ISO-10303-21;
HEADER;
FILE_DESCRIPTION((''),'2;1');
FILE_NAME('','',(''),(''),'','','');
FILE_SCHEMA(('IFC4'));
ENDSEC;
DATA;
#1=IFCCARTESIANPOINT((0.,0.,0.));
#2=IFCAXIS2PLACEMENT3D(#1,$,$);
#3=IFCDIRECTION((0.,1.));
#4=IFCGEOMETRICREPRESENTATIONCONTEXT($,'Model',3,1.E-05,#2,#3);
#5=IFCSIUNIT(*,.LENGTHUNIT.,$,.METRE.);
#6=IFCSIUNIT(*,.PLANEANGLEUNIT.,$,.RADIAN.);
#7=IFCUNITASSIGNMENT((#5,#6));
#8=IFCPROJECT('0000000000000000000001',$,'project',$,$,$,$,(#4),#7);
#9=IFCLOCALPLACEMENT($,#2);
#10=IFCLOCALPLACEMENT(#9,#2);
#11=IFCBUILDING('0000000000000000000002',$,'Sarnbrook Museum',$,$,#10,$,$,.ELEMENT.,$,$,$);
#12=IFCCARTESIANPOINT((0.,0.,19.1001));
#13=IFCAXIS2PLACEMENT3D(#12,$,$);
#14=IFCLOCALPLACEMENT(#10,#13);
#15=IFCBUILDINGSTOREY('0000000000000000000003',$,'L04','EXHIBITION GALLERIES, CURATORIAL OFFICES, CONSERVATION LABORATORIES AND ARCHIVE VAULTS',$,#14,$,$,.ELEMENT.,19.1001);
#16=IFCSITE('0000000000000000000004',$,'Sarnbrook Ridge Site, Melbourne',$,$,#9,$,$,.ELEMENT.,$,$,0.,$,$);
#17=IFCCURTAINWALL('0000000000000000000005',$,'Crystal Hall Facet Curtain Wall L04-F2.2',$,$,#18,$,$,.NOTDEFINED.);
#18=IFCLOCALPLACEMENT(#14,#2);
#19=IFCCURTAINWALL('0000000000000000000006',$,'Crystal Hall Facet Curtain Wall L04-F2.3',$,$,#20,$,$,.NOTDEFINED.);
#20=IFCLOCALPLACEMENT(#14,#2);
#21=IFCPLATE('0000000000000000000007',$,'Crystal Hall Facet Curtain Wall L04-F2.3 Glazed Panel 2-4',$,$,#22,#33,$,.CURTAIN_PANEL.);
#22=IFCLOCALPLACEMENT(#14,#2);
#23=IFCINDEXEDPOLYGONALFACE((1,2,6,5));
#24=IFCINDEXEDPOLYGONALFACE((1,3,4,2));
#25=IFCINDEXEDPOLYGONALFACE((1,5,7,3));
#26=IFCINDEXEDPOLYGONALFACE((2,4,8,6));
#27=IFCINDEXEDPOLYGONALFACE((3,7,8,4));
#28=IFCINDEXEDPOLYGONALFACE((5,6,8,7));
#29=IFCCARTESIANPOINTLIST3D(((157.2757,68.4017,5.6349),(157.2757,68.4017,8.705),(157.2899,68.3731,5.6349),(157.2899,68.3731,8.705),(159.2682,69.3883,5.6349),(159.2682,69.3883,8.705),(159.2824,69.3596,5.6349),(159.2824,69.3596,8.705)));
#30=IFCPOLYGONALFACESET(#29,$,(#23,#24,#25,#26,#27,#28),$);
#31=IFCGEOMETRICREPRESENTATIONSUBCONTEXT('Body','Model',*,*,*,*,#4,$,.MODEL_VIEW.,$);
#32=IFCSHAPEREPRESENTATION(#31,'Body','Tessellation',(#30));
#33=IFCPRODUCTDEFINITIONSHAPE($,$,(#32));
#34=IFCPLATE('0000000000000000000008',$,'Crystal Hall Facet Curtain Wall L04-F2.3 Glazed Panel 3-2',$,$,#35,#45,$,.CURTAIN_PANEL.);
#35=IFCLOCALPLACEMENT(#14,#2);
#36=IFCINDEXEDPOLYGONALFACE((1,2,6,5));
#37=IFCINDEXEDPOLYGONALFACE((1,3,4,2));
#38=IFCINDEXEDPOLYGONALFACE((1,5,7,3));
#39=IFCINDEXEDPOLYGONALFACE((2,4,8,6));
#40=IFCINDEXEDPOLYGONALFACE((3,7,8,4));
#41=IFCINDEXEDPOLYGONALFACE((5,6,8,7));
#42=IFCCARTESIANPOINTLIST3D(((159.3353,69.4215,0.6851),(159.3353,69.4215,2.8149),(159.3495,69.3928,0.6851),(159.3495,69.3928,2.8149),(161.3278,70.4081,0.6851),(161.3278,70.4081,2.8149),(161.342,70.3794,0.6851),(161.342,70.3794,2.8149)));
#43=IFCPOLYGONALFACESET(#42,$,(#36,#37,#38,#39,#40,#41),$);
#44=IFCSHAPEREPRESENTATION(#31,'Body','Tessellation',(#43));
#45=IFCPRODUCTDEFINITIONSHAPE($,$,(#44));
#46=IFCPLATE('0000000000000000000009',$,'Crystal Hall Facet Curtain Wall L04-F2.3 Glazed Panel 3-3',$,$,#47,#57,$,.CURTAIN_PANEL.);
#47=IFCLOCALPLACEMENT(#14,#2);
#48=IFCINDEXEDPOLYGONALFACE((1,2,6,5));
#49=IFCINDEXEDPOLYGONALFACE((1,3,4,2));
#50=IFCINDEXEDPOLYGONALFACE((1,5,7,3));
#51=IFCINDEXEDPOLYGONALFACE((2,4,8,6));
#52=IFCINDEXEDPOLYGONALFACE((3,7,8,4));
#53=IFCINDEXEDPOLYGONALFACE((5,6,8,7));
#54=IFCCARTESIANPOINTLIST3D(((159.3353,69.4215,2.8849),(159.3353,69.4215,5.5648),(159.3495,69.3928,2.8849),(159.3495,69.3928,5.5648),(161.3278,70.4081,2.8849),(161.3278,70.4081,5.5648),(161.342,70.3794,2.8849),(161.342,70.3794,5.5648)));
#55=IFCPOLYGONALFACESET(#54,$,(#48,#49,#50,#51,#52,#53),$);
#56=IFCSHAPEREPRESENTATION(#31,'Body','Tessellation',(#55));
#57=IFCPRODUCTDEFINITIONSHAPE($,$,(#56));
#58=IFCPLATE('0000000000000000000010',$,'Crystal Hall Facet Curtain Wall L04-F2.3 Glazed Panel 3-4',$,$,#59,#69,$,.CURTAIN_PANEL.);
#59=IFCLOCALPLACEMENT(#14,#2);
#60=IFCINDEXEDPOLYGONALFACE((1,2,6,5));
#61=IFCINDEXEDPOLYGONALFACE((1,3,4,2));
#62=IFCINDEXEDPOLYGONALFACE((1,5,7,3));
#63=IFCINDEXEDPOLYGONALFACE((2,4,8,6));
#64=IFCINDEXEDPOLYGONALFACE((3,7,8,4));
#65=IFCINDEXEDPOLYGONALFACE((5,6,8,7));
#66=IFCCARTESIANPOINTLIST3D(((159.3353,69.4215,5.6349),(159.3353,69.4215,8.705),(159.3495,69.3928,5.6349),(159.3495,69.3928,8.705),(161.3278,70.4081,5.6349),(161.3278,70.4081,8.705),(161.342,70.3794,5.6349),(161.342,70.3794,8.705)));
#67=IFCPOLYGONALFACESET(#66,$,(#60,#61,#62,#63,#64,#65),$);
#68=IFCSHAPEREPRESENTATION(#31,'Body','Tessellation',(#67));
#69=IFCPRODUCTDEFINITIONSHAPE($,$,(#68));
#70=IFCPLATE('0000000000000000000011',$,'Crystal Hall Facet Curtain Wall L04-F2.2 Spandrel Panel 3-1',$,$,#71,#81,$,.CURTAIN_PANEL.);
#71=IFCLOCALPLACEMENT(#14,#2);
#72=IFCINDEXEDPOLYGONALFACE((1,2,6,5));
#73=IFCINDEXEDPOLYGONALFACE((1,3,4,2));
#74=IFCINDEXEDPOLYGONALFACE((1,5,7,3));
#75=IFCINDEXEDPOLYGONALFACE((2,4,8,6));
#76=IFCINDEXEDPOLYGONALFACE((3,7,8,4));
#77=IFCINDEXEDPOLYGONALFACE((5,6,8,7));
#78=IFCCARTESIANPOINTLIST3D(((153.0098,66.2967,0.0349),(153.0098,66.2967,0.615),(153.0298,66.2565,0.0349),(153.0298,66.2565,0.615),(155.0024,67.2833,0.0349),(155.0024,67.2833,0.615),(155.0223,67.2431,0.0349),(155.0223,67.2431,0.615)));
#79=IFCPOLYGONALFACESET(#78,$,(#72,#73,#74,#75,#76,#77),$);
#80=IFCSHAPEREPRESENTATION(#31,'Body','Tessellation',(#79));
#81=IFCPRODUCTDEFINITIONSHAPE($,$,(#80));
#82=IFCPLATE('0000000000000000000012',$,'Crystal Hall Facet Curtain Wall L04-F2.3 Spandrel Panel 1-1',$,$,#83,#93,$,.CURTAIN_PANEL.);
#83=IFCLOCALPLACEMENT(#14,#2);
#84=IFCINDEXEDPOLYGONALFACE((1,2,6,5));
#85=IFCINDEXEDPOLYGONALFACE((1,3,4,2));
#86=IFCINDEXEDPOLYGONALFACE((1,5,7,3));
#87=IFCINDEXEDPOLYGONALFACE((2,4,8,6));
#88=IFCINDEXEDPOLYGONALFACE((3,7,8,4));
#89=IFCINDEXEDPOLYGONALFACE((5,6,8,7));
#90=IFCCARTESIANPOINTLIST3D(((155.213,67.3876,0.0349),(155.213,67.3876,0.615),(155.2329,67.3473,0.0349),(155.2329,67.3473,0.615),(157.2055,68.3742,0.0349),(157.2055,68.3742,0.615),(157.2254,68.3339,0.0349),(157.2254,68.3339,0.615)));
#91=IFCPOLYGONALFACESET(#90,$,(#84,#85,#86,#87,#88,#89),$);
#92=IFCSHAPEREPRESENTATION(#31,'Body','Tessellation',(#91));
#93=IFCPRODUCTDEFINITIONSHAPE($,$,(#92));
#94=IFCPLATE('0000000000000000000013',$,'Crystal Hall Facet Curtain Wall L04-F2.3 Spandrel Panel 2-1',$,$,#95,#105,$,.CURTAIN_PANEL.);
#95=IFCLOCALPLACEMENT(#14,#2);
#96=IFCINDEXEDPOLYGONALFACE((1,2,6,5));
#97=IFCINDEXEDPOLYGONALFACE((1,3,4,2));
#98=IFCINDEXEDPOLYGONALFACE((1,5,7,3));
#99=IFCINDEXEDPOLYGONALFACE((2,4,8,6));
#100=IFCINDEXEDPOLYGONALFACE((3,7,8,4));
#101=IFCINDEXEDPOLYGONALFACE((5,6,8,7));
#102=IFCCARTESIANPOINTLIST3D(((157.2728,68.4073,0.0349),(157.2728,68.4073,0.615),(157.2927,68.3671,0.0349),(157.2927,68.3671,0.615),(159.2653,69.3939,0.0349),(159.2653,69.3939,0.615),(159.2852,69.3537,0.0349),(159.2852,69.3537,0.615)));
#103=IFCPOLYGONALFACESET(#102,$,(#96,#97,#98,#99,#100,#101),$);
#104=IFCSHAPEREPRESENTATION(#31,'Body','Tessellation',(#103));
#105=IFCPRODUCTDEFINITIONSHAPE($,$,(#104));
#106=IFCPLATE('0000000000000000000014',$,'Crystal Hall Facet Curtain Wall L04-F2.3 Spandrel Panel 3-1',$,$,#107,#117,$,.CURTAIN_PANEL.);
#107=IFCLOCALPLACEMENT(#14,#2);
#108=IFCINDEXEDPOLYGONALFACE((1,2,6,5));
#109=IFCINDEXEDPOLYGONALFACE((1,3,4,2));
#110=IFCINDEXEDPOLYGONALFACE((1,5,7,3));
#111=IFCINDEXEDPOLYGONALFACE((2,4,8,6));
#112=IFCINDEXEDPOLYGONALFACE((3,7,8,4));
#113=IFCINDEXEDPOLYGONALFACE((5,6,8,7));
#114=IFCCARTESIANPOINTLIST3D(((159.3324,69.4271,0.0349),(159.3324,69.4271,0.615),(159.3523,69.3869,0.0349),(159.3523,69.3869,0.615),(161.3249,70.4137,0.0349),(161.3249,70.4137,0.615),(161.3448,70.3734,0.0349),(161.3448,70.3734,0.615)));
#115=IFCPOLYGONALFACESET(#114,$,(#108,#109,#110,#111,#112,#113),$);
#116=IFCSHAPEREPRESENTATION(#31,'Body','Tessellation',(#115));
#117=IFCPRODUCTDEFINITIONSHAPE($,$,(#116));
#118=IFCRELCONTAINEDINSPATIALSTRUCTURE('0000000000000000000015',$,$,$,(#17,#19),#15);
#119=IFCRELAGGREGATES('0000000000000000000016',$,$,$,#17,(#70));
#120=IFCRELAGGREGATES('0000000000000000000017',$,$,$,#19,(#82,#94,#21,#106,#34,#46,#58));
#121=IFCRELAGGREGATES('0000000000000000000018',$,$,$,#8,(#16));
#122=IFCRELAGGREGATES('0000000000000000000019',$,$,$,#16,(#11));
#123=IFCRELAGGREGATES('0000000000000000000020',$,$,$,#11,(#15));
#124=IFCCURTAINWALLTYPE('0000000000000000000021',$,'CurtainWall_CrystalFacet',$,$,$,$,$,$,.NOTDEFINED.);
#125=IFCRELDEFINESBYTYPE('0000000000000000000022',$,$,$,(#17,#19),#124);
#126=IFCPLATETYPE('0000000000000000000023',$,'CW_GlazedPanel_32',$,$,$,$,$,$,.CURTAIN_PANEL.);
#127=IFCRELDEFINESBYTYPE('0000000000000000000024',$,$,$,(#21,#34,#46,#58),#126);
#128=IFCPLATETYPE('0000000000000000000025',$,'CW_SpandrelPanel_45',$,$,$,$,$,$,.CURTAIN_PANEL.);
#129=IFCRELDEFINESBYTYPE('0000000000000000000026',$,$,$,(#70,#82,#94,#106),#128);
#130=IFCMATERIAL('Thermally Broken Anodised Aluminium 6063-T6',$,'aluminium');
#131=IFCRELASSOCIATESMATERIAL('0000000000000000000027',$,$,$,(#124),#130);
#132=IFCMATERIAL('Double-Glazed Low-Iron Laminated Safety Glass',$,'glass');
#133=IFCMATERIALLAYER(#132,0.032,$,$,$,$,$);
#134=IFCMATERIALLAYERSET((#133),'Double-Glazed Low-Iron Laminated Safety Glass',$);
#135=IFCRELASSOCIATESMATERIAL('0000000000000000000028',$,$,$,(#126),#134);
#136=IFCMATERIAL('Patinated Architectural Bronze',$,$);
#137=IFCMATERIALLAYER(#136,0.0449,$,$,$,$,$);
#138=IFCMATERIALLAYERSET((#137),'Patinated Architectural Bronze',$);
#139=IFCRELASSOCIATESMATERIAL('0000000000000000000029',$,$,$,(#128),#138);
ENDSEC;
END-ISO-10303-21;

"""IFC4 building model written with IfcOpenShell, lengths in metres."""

from ifc_helpers import new_model, si_unit, direction, frame, origin, origin_2d, place, context, subcontext, project, spatial, rectangle, extrude, material, layer, layer_set, type_object, element, aggregate, save


model = new_model("IFC4")

# Units and contexts
model_context = context("Model", 3, precision=1e-05, world=origin(), true_north=direction((0.0, 1.0)))
body_context = subcontext(model_context, "Body", "Model", "MODEL_VIEW")
ifc_project = project(units=[si_unit("LENGTHUNIT", "METRE"), si_unit("PLANEANGLEUNIT", "RADIAN")], contexts=[model_context])

# Site, building, storey
site_placement = place(None, origin())
site = spatial("IfcSite", under=ifc_project, at=site_placement, Name="Sarnbrook Ridge Site, Melbourne", CompositionType="ELEMENT", RefElevation=0.0)
building_placement = place(site_placement, origin())
building = spatial("IfcBuilding", under=site, at=building_placement, Name="Sarnbrook Museum", CompositionType="ELEMENT")
storey_placement = place(building_placement, frame((0.0, 0.0, 19.1001)))
storey = spatial("IfcBuildingStorey", under=building, at=storey_placement, Name="L04", Description="EXHIBITION GALLERIES, CURATORIAL OFFICES, CONSERVATION LABORATORIES AND ARCHIVE VAULTS", CompositionType="ELEMENT", Elevation=19.1001)

# Curtain walls
ifc_material_1 = material(Name="Thermally Broken Anodised Aluminium 6063-T6", Category="aluminium")
curtain_wall_type = type_object("IfcCurtainWallType", Name="CurtainWall_CrystalFacet", PredefinedType="NOTDEFINED", material=ifc_material_1)
curtain_wall_1_placement = place(storey_placement, origin())
curtain_wall_1 = element("IfcCurtainWall", 1, at=curtain_wall_1_placement, inside=storey, type_object=curtain_wall_type, Name="Crystal Hall Facet Curtain Wall L04-F2.2", PredefinedType="NOTDEFINED")
curtain_wall_2_placement = place(storey_placement, origin())
curtain_wall_2 = element("IfcCurtainWall", 2, at=curtain_wall_2_placement, inside=storey, type_object=curtain_wall_type, Name="Crystal Hall Facet Curtain Wall L04-F2.3", PredefinedType="NOTDEFINED")

# Plates
ifc_material_2 = material(Name="Double-Glazed Low-Iron Laminated Safety Glass", Category="glass")
ifc_layer_1 = layer(ifc_material_2, 0.032)
ifc_layer_set_1 = layer_set([ifc_layer_1], Name="Double-Glazed Low-Iron Laminated Safety Glass")
plate_type_1 = type_object("IfcPlateType", Name="CW_GlazedPanel_32", PredefinedType="CURTAIN_PANEL", material=ifc_layer_set_1)
plate_1_placement = place(storey_placement, frame((158.272, 68.895, 7.1699), z_axis=(0.443729, -0.896161, 0.0), x_axis=(0.896161, 0.443729, 0.0)))
plate_1 = element("IfcPlate", 3, at=plate_1_placement, type_object=plate_type_1, Name="Crystal Hall Facet Curtain Wall L04-F2.3 Glazed Panel 2-4", PredefinedType="CURTAIN_PANEL", context=body_context, shape_type="SweptSolid", body=[
    extrude(rectangle(XDim=2.2234, YDim=3.0701, at=origin_2d()), origin(), (0.0, 0.0, 1.0), 0.032),
])
plate_2_placement = place(storey_placement, frame((160.3315, 69.9148, 1.75), z_axis=(0.443729, -0.896161, 0.0), x_axis=(0.896161, 0.443729, 0.0)))
plate_2 = element("IfcPlate", 4, at=plate_2_placement, type_object=plate_type_1, Name="Crystal Hall Facet Curtain Wall L04-F2.3 Glazed Panel 3-2", PredefinedType="CURTAIN_PANEL", context=body_context, shape_type="SweptSolid", body=[
    extrude(rectangle(XDim=2.2234, YDim=2.1299, at=origin_2d()), origin(), (0.0, 0.0, 1.0), 0.032),
])
plate_3_placement = place(storey_placement, frame((160.3315, 69.9148, 4.2249), z_axis=(0.443729, -0.896161, 0.0), x_axis=(0.896161, 0.443729, 0.0)))
plate_3 = element("IfcPlate", 5, at=plate_3_placement, type_object=plate_type_1, Name="Crystal Hall Facet Curtain Wall L04-F2.3 Glazed Panel 3-3", PredefinedType="CURTAIN_PANEL", context=body_context, shape_type="SweptSolid", body=[
    extrude(rectangle(XDim=2.2234, YDim=2.6799, at=origin_2d()), origin(), (0.0, 0.0, 1.0), 0.032),
])
plate_4_placement = place(storey_placement, frame((160.3315, 69.9148, 7.1699), z_axis=(0.443729, -0.896161, 0.0), x_axis=(0.896161, 0.443729, 0.0)))
plate_4 = element("IfcPlate", 6, at=plate_4_placement, type_object=plate_type_1, Name="Crystal Hall Facet Curtain Wall L04-F2.3 Glazed Panel 3-4", PredefinedType="CURTAIN_PANEL", context=body_context, shape_type="SweptSolid", body=[
    extrude(rectangle(XDim=2.2234, YDim=3.0701, at=origin_2d()), origin(), (0.0, 0.0, 1.0), 0.032),
])
ifc_material_3 = material(Name="Patinated Architectural Bronze")
ifc_layer_2 = layer(ifc_material_3, 0.0449)
ifc_layer_set_2 = layer_set([ifc_layer_2], Name="Patinated Architectural Bronze")
plate_type_2 = type_object("IfcPlateType", Name="CW_SpandrelPanel_45", PredefinedType="CURTAIN_PANEL", material=ifc_layer_set_2)
plate_5_placement = place(storey_placement, frame((154.0061, 66.79, 0.325), z_axis=(0.443729, -0.896161, 0.0), x_axis=(0.896161, 0.443729, 0.0)))
plate_5 = element("IfcPlate", 7, at=plate_5_placement, type_object=plate_type_2, Name="Crystal Hall Facet Curtain Wall L04-F2.2 Spandrel Panel 3-1", PredefinedType="CURTAIN_PANEL", context=body_context, shape_type="SweptSolid", body=[
    extrude(rectangle(XDim=2.2234, YDim=0.5801, at=origin_2d()), origin(), (0.0, 0.0, 1.0), 0.0449),
])
aggregate(curtain_wall_1, [plate_5])
plate_6_placement = place(storey_placement, frame((156.2092, 67.8809, 0.325), z_axis=(0.443729, -0.896161, 0.0), x_axis=(0.896161, 0.443729, 0.0)))
plate_6 = element("IfcPlate", 8, at=plate_6_placement, type_object=plate_type_2, Name="Crystal Hall Facet Curtain Wall L04-F2.3 Spandrel Panel 1-1", PredefinedType="CURTAIN_PANEL", context=body_context, shape_type="SweptSolid", body=[
    extrude(rectangle(XDim=2.2234, YDim=0.5801, at=origin_2d()), origin(), (0.0, 0.0, 1.0), 0.0449),
])
plate_7_placement = place(storey_placement, frame((158.269, 68.9006, 0.325), z_axis=(0.443729, -0.896161, 0.0), x_axis=(0.896161, 0.443729, 0.0)))
plate_7 = element("IfcPlate", 9, at=plate_7_placement, type_object=plate_type_2, Name="Crystal Hall Facet Curtain Wall L04-F2.3 Spandrel Panel 2-1", PredefinedType="CURTAIN_PANEL", context=body_context, shape_type="SweptSolid", body=[
    extrude(rectangle(XDim=2.2234, YDim=0.5801, at=origin_2d()), origin(), (0.0, 0.0, 1.0), 0.0449),
])
plate_8_placement = place(storey_placement, frame((160.3286, 69.9204, 0.325), z_axis=(0.443729, -0.896161, 0.0), x_axis=(0.896161, 0.443729, 0.0)))
plate_8 = element("IfcPlate", 10, at=plate_8_placement, type_object=plate_type_2, Name="Crystal Hall Facet Curtain Wall L04-F2.3 Spandrel Panel 3-1", PredefinedType="CURTAIN_PANEL", context=body_context, shape_type="SweptSolid", body=[
    extrude(rectangle(XDim=2.2234, YDim=0.5801, at=origin_2d()), origin(), (0.0, 0.0, 1.0), 0.0449),
])
aggregate(curtain_wall_2, [plate_6, plate_7, plate_1, plate_8, plate_2, plate_3, plate_4])

save(model, "model.ifc")
